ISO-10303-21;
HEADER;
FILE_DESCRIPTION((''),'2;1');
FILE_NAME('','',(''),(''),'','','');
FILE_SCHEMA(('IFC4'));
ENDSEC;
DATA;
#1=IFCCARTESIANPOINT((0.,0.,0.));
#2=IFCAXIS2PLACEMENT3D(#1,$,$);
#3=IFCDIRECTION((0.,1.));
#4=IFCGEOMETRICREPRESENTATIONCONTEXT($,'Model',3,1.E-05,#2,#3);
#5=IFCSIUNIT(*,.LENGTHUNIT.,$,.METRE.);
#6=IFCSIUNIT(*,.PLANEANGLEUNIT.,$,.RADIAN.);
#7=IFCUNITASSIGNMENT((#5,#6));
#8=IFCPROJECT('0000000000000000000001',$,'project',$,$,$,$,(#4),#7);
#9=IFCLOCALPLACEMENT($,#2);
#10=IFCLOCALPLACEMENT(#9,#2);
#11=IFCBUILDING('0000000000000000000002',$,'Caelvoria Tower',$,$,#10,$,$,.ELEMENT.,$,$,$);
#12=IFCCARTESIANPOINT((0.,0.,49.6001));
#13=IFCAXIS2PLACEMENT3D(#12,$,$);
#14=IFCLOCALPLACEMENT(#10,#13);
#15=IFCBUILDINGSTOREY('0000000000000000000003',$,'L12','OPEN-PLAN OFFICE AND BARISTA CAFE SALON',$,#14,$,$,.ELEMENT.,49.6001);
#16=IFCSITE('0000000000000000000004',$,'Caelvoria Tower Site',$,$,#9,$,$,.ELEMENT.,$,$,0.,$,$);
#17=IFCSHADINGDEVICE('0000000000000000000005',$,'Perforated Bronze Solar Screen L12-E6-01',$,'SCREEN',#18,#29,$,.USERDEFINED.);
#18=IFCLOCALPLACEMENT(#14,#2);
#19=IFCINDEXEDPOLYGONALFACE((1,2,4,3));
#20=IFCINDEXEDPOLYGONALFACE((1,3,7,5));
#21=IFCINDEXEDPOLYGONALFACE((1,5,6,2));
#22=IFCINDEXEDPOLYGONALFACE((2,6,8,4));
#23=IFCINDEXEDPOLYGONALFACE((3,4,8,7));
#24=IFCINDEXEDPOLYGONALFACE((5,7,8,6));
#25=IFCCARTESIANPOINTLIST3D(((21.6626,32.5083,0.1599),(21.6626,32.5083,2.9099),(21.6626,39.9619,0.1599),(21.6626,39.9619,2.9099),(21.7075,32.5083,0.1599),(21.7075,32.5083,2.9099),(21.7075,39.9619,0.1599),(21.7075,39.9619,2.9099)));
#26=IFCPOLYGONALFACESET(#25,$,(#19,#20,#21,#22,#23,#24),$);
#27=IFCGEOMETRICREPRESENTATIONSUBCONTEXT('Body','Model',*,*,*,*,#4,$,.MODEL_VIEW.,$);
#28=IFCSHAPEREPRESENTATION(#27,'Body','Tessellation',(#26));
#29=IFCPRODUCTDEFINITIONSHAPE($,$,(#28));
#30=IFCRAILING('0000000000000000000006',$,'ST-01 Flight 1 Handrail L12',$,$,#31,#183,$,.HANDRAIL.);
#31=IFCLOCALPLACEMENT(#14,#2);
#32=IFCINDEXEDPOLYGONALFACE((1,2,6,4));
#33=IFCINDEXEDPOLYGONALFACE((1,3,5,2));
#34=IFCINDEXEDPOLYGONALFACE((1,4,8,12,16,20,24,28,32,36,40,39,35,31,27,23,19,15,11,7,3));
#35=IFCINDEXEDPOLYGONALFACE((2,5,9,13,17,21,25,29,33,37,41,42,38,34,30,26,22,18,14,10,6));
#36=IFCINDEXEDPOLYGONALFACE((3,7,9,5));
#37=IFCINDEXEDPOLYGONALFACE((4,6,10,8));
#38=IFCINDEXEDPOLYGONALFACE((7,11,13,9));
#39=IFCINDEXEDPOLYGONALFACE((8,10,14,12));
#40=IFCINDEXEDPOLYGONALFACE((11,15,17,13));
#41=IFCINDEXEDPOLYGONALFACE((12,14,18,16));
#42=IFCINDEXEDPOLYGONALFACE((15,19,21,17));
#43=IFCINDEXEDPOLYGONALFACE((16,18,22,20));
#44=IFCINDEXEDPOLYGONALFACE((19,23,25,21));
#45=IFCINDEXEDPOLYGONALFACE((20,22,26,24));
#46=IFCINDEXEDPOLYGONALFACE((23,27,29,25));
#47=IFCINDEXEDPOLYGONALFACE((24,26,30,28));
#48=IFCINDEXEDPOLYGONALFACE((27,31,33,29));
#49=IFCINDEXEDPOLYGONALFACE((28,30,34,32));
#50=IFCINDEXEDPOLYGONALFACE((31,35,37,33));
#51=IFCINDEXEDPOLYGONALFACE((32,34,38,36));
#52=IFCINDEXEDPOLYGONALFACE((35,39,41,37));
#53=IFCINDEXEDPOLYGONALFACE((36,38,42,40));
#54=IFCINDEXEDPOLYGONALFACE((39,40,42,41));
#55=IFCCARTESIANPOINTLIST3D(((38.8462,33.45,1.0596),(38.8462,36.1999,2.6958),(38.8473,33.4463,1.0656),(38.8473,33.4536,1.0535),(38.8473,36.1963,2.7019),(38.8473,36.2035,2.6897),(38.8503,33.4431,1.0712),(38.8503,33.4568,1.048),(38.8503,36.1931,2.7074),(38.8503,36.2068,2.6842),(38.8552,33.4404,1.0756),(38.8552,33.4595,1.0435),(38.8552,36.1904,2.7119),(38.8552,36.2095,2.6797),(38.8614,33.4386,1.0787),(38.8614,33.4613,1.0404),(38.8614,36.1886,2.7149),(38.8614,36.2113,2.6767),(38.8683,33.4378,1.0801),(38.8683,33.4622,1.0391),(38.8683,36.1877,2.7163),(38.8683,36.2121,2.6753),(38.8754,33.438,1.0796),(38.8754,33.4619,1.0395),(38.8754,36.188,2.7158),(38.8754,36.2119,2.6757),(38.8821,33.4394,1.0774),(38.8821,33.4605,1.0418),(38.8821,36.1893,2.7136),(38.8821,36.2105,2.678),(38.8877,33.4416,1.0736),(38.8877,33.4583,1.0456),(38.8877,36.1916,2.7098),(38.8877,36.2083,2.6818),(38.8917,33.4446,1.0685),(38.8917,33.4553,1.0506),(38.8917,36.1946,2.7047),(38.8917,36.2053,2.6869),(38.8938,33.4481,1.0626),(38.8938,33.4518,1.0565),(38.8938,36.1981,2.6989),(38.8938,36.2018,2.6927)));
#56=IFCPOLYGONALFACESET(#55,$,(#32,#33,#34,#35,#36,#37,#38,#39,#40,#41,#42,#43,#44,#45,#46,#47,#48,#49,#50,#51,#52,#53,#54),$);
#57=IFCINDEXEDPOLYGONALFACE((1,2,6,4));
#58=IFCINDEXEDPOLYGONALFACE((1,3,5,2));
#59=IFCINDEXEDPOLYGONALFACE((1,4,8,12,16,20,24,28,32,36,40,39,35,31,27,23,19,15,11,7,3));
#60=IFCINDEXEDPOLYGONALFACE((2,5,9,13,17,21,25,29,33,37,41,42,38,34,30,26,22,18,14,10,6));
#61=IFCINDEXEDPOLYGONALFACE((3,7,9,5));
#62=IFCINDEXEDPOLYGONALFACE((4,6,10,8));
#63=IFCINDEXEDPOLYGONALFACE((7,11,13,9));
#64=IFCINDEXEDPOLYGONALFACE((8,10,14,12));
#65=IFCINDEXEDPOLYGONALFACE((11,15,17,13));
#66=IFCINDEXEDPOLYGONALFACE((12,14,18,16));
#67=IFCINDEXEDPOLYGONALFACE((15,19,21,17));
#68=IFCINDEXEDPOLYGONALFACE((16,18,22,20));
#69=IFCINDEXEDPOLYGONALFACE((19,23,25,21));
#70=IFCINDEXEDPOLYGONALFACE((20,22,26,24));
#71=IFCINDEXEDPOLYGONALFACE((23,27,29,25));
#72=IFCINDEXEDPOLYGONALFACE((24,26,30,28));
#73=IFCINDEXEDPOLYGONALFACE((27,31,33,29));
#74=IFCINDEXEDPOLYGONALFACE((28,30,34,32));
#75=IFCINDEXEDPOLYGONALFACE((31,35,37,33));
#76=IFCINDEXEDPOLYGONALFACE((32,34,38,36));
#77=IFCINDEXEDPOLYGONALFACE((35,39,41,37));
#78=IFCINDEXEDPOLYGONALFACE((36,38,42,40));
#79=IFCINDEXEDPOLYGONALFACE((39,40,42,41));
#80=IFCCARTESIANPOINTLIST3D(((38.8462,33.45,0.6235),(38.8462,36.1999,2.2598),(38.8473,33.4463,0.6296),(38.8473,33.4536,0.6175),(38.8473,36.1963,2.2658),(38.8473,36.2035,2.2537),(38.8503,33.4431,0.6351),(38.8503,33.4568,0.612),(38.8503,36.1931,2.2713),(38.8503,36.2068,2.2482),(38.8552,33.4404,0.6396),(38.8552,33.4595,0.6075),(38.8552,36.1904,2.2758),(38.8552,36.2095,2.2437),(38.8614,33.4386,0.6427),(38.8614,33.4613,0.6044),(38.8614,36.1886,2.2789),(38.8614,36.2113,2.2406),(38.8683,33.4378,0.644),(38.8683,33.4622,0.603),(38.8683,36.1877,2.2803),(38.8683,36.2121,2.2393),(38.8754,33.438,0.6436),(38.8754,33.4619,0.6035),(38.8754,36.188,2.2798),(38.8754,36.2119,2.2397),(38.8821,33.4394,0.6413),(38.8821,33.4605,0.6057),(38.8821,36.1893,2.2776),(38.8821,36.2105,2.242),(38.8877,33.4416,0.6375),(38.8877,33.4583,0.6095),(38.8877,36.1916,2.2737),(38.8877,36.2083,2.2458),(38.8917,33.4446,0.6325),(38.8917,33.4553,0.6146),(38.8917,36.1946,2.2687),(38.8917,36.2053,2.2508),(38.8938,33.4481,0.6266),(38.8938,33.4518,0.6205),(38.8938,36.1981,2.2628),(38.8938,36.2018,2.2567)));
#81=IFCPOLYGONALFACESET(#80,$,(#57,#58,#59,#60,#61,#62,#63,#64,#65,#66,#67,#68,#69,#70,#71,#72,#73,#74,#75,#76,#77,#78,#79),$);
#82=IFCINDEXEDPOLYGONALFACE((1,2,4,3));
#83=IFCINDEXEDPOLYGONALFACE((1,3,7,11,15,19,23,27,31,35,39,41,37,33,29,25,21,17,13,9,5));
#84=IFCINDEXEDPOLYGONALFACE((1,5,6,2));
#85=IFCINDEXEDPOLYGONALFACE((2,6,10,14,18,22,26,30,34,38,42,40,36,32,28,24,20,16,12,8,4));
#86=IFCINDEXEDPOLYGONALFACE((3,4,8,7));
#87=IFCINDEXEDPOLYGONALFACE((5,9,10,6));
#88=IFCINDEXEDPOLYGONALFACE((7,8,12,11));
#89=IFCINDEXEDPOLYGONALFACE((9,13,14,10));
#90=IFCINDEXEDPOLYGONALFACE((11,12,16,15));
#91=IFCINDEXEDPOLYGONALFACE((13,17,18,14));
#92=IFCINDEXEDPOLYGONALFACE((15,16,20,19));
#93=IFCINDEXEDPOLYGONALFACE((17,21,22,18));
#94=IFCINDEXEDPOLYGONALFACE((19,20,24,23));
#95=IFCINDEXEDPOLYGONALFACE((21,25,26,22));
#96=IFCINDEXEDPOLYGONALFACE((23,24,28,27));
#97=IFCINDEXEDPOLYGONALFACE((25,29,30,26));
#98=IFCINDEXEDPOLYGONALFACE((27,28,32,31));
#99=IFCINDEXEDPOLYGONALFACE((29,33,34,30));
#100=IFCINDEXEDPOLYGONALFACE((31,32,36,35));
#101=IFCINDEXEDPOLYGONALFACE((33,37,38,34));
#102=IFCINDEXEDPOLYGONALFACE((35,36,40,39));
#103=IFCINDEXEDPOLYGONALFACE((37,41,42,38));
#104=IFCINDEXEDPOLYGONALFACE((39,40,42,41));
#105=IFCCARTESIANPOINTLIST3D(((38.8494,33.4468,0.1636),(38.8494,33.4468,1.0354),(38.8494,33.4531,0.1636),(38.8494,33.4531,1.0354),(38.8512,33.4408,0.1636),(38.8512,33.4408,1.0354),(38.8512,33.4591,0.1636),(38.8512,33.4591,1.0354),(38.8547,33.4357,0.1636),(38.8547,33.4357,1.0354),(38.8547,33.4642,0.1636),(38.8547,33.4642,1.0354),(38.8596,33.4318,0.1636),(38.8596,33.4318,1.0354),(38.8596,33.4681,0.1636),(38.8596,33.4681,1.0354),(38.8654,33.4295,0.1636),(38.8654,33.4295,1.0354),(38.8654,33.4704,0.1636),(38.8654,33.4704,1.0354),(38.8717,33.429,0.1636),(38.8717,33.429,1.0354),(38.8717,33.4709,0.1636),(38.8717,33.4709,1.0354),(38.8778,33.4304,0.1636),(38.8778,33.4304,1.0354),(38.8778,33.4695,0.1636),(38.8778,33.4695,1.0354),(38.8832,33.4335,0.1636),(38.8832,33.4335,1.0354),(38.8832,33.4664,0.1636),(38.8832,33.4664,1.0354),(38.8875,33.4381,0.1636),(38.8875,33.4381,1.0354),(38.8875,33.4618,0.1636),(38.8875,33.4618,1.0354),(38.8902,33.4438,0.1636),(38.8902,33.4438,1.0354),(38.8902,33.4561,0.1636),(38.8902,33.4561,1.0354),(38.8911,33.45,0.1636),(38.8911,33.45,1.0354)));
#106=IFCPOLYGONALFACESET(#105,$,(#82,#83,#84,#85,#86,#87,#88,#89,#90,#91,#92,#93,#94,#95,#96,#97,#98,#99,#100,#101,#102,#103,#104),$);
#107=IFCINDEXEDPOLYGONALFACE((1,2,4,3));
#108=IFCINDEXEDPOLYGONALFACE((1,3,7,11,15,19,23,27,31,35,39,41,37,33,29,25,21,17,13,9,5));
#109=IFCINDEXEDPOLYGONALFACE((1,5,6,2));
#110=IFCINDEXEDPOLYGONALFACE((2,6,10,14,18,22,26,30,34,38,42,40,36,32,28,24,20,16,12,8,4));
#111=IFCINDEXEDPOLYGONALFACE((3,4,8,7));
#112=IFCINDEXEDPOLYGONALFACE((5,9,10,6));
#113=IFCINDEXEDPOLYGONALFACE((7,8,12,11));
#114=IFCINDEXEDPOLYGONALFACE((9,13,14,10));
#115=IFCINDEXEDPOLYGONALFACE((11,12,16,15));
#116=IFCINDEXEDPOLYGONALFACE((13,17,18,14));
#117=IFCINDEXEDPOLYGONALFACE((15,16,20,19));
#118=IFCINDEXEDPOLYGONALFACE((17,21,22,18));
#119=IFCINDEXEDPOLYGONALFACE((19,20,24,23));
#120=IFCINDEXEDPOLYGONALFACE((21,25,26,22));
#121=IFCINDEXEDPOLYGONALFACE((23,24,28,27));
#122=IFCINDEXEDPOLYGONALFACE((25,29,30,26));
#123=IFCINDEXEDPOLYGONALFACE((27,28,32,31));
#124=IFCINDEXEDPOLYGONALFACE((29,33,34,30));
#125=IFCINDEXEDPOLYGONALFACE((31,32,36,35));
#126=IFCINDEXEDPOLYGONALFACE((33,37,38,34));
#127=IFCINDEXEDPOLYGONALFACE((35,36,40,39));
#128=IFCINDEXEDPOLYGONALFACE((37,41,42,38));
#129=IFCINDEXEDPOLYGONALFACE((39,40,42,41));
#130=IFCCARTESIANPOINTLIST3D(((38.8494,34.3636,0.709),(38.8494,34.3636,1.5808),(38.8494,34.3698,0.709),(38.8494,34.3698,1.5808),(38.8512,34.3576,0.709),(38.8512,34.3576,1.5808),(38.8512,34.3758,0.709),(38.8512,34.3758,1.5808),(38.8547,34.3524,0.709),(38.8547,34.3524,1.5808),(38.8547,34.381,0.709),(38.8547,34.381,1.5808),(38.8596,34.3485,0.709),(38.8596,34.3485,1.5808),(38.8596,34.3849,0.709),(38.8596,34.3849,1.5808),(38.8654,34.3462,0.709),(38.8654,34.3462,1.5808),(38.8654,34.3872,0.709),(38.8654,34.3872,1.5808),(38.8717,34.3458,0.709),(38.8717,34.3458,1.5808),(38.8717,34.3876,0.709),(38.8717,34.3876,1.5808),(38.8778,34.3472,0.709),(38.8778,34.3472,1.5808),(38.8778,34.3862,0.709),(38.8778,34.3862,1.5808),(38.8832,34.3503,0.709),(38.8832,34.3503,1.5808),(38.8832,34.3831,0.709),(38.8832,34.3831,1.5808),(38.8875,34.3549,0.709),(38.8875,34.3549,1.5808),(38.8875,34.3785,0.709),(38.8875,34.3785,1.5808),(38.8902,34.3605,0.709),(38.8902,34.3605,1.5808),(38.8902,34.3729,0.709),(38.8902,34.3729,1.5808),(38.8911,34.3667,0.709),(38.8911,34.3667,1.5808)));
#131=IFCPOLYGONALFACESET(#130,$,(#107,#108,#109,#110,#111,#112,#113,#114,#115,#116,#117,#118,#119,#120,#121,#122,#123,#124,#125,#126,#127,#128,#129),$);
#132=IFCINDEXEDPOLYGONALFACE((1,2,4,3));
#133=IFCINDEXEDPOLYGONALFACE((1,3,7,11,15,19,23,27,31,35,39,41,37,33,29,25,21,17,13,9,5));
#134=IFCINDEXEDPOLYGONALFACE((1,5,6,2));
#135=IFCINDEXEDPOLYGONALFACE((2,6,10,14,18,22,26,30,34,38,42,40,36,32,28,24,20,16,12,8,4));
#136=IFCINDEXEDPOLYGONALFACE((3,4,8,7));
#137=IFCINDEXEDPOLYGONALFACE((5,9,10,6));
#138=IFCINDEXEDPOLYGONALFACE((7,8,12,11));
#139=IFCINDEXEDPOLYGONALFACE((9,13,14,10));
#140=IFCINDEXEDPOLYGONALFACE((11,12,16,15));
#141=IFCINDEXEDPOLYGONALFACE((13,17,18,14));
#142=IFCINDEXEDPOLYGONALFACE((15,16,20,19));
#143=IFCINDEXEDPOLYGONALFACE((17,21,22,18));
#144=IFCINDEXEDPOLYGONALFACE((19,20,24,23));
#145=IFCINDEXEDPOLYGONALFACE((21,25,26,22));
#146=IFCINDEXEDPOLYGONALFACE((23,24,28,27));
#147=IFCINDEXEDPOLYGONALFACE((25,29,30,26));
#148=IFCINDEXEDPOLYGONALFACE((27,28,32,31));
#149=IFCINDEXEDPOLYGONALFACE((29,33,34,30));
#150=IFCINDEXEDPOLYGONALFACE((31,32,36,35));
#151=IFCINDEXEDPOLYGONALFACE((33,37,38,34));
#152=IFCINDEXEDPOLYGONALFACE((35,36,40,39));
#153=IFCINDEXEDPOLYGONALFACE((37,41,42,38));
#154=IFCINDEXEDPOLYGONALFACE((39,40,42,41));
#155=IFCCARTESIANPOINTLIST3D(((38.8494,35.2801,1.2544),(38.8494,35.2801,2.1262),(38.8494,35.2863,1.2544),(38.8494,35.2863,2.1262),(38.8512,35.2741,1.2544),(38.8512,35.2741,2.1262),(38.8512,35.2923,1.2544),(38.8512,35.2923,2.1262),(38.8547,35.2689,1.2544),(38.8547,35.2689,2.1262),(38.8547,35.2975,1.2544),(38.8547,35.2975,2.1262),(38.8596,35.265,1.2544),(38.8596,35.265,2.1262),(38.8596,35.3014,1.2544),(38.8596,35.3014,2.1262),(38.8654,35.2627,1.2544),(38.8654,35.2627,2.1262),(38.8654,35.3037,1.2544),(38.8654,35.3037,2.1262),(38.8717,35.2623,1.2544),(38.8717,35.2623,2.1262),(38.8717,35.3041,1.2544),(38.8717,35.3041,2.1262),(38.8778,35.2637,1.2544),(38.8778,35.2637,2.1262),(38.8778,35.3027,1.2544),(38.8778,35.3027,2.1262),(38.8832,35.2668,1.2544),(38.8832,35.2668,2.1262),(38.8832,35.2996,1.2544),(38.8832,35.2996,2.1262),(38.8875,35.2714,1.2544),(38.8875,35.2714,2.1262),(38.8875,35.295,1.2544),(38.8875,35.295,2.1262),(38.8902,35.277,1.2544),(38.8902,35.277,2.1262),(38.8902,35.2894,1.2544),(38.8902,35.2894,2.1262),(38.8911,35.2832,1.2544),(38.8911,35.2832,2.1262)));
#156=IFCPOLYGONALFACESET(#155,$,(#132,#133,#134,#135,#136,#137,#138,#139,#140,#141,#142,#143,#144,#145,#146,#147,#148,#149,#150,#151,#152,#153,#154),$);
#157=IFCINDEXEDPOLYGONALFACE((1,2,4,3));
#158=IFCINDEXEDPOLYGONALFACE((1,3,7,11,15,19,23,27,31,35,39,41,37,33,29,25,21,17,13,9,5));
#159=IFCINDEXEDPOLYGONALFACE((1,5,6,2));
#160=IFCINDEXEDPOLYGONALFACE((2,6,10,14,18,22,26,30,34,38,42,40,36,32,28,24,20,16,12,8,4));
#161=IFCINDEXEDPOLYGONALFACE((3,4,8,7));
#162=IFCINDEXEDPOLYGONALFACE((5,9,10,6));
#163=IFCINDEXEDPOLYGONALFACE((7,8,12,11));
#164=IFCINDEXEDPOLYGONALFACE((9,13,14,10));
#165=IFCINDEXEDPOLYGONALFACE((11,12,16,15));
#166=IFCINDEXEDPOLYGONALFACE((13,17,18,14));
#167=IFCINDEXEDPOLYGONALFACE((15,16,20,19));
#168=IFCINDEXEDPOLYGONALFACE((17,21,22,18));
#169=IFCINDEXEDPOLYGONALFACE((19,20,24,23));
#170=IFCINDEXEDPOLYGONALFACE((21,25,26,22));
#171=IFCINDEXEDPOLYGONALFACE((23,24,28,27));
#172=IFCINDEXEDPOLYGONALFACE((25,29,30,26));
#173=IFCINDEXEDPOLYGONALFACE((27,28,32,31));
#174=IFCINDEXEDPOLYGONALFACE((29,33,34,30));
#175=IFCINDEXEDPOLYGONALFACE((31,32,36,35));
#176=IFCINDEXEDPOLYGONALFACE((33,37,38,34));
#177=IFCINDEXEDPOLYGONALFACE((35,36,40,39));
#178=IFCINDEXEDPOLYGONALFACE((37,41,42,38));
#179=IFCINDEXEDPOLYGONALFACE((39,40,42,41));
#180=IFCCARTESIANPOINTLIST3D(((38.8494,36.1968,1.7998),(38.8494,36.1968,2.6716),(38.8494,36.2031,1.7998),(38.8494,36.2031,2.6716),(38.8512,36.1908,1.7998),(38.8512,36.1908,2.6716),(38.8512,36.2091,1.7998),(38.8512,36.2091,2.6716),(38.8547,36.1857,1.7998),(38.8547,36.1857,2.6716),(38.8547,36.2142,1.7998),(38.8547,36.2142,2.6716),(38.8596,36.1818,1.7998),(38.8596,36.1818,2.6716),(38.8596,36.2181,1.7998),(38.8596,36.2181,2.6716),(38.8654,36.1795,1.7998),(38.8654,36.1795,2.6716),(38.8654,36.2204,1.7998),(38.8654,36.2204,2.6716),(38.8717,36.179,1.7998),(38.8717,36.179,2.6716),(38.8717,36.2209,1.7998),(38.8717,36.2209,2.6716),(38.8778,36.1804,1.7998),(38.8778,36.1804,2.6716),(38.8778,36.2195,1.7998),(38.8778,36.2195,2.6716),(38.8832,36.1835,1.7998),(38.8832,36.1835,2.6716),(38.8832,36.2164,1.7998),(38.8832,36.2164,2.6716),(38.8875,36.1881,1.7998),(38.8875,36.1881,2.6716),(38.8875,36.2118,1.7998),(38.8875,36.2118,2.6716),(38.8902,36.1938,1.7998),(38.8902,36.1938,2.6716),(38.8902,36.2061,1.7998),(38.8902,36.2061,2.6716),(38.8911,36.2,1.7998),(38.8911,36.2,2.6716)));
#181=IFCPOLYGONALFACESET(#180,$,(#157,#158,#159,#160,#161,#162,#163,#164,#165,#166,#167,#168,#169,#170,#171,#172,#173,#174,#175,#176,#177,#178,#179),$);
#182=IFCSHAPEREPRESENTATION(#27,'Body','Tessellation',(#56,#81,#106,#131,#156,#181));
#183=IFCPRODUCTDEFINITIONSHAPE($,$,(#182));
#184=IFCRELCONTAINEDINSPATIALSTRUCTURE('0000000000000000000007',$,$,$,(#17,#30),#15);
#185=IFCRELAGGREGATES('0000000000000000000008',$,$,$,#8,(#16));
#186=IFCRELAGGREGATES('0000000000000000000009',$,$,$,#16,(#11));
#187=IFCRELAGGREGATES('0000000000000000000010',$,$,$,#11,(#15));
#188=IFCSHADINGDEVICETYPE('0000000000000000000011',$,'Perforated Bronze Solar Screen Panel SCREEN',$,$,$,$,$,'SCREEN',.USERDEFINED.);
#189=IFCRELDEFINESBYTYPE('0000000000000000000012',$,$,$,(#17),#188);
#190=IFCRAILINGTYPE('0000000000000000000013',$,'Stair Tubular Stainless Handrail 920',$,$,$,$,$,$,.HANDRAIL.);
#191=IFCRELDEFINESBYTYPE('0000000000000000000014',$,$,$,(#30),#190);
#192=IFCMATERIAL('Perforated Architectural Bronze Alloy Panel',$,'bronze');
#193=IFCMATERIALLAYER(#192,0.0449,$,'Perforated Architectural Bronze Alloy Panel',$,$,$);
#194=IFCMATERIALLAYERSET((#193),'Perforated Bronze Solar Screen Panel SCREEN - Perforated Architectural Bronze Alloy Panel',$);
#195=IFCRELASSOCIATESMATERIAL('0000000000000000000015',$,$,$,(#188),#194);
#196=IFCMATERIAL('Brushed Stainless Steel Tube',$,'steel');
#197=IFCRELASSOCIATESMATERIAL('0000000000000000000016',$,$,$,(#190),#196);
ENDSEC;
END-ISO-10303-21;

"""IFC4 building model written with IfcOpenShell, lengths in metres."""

from ifc_helpers import new_model, si_unit, direction, frame, origin, origin_2d, place, context, subcontext, project, spatial, rectangle, circle, extrude, material, layer, layer_set, type_object, element, save


model = new_model("IFC4")

# Units and contexts
model_context = context("Model", 3, precision=1e-05, world=origin(), true_north=direction((0.0, 1.0)))
body_context = subcontext(model_context, "Body", "Model", "MODEL_VIEW")
ifc_project = project(units=[si_unit("LENGTHUNIT", "METRE"), si_unit("PLANEANGLEUNIT", "RADIAN")], contexts=[model_context])

# Site, building, storey
site_placement = place(None, origin())
site = spatial("IfcSite", under=ifc_project, at=site_placement, Name="Caelvoria Tower Site", CompositionType="ELEMENT", RefElevation=0.0)
building_placement = place(site_placement, origin())
building = spatial("IfcBuilding", under=site, at=building_placement, Name="Caelvoria Tower", CompositionType="ELEMENT")
storey_placement = place(building_placement, frame((0.0, 0.0, 49.6001)))
storey = spatial("IfcBuildingStorey", under=building, at=storey_placement, Name="L12", Description="OPEN-PLAN OFFICE AND BARISTA CAFE SALON", CompositionType="ELEMENT", Elevation=49.6001)

# Shading device
ifc_material_1 = material(Name="Perforated Architectural Bronze Alloy Panel", Category="bronze")
ifc_layer_1 = layer(ifc_material_1, 0.0449, Name="Perforated Architectural Bronze Alloy Panel")
ifc_layer_set_1 = layer_set([ifc_layer_1], Name="Perforated Bronze Solar Screen Panel SCREEN - Perforated Architectural Bronze Alloy Panel")
shading_device_type = type_object("IfcShadingDeviceType", Name="Perforated Bronze Solar Screen Panel SCREEN", ElementType="SCREEN", PredefinedType="USERDEFINED", material=ifc_layer_set_1)
for number, where, z_axis, x_axis, name in (
    (1, (21.6851, 36.2351, 0.1599), (0.0, 0.0, 1.0), (0.0, -1.0, 0.0), "Perforated Bronze Solar Screen L12-E6-01"),
):
    element("IfcShadingDevice", number, at=place(storey_placement, frame(where, z_axis=z_axis, x_axis=x_axis)), inside=storey, type_object=shading_device_type, Name=name, ObjectType="SCREEN", PredefinedType="USERDEFINED", context=body_context, shape_type="SweptSolid", body=[
        extrude(rectangle(XDim=7.4536, YDim=0.0449, at=origin_2d()), origin(), (0.0, 0.0, 1.0), 2.75),
    ])

# Railing
ifc_material_2 = material(Name="Brushed Stainless Steel Tube", Category="steel")
railing_type_1 = type_object("IfcRailingType", Name="Stair Tubular Stainless Handrail 920", PredefinedType="HANDRAIL", material=ifc_material_2)
railing_1_placement = place(storey_placement, frame((38.8701, 33.45, 0.1636)))
element("IfcRailing", 2, at=railing_1_placement, inside=storey, type_object=railing_type_1, Name="ST-01 Flight 1 Handrail L12", PredefinedType="HANDRAIL", context=body_context, shape_type="SweptSolid", body=[
    extrude(circle(Radius=0.0239, at=origin_2d()), frame((0.0, 0.0, 0.896), z_axis=(0.0, 0.859385, 0.511328), x_axis=(-1.0, 0.0, 0.0)), (0.0, 0.0, 1.0), 3.2),
    extrude(circle(Radius=0.0239, at=origin_2d()), frame((0.0, 0.0, 0.46), z_axis=(0.0, 0.859385, 0.511328), x_axis=(-1.0, 0.0, 0.0)), (0.0, 0.0, 1.0), 3.2),
    extrude(circle(Radius=0.021, at=origin_2d()), origin(), (0.0, 0.0, 1.0), 0.8718),
    extrude(circle(Radius=0.021, at=origin_2d()), frame((0.0, 0.9167, 0.5454)), (0.0, 0.0, 1.0), 0.8718),
    extrude(circle(Radius=0.021, at=origin_2d()), frame((0.0, 1.8333, 1.0908)), (0.0, 0.0, 1.0), 0.8718),
    extrude(circle(Radius=0.021, at=origin_2d()), frame((0.0, 2.75, 1.6362)), (0.0, 0.0, 1.0), 0.8718),
])

save(model, "model.ifc")
